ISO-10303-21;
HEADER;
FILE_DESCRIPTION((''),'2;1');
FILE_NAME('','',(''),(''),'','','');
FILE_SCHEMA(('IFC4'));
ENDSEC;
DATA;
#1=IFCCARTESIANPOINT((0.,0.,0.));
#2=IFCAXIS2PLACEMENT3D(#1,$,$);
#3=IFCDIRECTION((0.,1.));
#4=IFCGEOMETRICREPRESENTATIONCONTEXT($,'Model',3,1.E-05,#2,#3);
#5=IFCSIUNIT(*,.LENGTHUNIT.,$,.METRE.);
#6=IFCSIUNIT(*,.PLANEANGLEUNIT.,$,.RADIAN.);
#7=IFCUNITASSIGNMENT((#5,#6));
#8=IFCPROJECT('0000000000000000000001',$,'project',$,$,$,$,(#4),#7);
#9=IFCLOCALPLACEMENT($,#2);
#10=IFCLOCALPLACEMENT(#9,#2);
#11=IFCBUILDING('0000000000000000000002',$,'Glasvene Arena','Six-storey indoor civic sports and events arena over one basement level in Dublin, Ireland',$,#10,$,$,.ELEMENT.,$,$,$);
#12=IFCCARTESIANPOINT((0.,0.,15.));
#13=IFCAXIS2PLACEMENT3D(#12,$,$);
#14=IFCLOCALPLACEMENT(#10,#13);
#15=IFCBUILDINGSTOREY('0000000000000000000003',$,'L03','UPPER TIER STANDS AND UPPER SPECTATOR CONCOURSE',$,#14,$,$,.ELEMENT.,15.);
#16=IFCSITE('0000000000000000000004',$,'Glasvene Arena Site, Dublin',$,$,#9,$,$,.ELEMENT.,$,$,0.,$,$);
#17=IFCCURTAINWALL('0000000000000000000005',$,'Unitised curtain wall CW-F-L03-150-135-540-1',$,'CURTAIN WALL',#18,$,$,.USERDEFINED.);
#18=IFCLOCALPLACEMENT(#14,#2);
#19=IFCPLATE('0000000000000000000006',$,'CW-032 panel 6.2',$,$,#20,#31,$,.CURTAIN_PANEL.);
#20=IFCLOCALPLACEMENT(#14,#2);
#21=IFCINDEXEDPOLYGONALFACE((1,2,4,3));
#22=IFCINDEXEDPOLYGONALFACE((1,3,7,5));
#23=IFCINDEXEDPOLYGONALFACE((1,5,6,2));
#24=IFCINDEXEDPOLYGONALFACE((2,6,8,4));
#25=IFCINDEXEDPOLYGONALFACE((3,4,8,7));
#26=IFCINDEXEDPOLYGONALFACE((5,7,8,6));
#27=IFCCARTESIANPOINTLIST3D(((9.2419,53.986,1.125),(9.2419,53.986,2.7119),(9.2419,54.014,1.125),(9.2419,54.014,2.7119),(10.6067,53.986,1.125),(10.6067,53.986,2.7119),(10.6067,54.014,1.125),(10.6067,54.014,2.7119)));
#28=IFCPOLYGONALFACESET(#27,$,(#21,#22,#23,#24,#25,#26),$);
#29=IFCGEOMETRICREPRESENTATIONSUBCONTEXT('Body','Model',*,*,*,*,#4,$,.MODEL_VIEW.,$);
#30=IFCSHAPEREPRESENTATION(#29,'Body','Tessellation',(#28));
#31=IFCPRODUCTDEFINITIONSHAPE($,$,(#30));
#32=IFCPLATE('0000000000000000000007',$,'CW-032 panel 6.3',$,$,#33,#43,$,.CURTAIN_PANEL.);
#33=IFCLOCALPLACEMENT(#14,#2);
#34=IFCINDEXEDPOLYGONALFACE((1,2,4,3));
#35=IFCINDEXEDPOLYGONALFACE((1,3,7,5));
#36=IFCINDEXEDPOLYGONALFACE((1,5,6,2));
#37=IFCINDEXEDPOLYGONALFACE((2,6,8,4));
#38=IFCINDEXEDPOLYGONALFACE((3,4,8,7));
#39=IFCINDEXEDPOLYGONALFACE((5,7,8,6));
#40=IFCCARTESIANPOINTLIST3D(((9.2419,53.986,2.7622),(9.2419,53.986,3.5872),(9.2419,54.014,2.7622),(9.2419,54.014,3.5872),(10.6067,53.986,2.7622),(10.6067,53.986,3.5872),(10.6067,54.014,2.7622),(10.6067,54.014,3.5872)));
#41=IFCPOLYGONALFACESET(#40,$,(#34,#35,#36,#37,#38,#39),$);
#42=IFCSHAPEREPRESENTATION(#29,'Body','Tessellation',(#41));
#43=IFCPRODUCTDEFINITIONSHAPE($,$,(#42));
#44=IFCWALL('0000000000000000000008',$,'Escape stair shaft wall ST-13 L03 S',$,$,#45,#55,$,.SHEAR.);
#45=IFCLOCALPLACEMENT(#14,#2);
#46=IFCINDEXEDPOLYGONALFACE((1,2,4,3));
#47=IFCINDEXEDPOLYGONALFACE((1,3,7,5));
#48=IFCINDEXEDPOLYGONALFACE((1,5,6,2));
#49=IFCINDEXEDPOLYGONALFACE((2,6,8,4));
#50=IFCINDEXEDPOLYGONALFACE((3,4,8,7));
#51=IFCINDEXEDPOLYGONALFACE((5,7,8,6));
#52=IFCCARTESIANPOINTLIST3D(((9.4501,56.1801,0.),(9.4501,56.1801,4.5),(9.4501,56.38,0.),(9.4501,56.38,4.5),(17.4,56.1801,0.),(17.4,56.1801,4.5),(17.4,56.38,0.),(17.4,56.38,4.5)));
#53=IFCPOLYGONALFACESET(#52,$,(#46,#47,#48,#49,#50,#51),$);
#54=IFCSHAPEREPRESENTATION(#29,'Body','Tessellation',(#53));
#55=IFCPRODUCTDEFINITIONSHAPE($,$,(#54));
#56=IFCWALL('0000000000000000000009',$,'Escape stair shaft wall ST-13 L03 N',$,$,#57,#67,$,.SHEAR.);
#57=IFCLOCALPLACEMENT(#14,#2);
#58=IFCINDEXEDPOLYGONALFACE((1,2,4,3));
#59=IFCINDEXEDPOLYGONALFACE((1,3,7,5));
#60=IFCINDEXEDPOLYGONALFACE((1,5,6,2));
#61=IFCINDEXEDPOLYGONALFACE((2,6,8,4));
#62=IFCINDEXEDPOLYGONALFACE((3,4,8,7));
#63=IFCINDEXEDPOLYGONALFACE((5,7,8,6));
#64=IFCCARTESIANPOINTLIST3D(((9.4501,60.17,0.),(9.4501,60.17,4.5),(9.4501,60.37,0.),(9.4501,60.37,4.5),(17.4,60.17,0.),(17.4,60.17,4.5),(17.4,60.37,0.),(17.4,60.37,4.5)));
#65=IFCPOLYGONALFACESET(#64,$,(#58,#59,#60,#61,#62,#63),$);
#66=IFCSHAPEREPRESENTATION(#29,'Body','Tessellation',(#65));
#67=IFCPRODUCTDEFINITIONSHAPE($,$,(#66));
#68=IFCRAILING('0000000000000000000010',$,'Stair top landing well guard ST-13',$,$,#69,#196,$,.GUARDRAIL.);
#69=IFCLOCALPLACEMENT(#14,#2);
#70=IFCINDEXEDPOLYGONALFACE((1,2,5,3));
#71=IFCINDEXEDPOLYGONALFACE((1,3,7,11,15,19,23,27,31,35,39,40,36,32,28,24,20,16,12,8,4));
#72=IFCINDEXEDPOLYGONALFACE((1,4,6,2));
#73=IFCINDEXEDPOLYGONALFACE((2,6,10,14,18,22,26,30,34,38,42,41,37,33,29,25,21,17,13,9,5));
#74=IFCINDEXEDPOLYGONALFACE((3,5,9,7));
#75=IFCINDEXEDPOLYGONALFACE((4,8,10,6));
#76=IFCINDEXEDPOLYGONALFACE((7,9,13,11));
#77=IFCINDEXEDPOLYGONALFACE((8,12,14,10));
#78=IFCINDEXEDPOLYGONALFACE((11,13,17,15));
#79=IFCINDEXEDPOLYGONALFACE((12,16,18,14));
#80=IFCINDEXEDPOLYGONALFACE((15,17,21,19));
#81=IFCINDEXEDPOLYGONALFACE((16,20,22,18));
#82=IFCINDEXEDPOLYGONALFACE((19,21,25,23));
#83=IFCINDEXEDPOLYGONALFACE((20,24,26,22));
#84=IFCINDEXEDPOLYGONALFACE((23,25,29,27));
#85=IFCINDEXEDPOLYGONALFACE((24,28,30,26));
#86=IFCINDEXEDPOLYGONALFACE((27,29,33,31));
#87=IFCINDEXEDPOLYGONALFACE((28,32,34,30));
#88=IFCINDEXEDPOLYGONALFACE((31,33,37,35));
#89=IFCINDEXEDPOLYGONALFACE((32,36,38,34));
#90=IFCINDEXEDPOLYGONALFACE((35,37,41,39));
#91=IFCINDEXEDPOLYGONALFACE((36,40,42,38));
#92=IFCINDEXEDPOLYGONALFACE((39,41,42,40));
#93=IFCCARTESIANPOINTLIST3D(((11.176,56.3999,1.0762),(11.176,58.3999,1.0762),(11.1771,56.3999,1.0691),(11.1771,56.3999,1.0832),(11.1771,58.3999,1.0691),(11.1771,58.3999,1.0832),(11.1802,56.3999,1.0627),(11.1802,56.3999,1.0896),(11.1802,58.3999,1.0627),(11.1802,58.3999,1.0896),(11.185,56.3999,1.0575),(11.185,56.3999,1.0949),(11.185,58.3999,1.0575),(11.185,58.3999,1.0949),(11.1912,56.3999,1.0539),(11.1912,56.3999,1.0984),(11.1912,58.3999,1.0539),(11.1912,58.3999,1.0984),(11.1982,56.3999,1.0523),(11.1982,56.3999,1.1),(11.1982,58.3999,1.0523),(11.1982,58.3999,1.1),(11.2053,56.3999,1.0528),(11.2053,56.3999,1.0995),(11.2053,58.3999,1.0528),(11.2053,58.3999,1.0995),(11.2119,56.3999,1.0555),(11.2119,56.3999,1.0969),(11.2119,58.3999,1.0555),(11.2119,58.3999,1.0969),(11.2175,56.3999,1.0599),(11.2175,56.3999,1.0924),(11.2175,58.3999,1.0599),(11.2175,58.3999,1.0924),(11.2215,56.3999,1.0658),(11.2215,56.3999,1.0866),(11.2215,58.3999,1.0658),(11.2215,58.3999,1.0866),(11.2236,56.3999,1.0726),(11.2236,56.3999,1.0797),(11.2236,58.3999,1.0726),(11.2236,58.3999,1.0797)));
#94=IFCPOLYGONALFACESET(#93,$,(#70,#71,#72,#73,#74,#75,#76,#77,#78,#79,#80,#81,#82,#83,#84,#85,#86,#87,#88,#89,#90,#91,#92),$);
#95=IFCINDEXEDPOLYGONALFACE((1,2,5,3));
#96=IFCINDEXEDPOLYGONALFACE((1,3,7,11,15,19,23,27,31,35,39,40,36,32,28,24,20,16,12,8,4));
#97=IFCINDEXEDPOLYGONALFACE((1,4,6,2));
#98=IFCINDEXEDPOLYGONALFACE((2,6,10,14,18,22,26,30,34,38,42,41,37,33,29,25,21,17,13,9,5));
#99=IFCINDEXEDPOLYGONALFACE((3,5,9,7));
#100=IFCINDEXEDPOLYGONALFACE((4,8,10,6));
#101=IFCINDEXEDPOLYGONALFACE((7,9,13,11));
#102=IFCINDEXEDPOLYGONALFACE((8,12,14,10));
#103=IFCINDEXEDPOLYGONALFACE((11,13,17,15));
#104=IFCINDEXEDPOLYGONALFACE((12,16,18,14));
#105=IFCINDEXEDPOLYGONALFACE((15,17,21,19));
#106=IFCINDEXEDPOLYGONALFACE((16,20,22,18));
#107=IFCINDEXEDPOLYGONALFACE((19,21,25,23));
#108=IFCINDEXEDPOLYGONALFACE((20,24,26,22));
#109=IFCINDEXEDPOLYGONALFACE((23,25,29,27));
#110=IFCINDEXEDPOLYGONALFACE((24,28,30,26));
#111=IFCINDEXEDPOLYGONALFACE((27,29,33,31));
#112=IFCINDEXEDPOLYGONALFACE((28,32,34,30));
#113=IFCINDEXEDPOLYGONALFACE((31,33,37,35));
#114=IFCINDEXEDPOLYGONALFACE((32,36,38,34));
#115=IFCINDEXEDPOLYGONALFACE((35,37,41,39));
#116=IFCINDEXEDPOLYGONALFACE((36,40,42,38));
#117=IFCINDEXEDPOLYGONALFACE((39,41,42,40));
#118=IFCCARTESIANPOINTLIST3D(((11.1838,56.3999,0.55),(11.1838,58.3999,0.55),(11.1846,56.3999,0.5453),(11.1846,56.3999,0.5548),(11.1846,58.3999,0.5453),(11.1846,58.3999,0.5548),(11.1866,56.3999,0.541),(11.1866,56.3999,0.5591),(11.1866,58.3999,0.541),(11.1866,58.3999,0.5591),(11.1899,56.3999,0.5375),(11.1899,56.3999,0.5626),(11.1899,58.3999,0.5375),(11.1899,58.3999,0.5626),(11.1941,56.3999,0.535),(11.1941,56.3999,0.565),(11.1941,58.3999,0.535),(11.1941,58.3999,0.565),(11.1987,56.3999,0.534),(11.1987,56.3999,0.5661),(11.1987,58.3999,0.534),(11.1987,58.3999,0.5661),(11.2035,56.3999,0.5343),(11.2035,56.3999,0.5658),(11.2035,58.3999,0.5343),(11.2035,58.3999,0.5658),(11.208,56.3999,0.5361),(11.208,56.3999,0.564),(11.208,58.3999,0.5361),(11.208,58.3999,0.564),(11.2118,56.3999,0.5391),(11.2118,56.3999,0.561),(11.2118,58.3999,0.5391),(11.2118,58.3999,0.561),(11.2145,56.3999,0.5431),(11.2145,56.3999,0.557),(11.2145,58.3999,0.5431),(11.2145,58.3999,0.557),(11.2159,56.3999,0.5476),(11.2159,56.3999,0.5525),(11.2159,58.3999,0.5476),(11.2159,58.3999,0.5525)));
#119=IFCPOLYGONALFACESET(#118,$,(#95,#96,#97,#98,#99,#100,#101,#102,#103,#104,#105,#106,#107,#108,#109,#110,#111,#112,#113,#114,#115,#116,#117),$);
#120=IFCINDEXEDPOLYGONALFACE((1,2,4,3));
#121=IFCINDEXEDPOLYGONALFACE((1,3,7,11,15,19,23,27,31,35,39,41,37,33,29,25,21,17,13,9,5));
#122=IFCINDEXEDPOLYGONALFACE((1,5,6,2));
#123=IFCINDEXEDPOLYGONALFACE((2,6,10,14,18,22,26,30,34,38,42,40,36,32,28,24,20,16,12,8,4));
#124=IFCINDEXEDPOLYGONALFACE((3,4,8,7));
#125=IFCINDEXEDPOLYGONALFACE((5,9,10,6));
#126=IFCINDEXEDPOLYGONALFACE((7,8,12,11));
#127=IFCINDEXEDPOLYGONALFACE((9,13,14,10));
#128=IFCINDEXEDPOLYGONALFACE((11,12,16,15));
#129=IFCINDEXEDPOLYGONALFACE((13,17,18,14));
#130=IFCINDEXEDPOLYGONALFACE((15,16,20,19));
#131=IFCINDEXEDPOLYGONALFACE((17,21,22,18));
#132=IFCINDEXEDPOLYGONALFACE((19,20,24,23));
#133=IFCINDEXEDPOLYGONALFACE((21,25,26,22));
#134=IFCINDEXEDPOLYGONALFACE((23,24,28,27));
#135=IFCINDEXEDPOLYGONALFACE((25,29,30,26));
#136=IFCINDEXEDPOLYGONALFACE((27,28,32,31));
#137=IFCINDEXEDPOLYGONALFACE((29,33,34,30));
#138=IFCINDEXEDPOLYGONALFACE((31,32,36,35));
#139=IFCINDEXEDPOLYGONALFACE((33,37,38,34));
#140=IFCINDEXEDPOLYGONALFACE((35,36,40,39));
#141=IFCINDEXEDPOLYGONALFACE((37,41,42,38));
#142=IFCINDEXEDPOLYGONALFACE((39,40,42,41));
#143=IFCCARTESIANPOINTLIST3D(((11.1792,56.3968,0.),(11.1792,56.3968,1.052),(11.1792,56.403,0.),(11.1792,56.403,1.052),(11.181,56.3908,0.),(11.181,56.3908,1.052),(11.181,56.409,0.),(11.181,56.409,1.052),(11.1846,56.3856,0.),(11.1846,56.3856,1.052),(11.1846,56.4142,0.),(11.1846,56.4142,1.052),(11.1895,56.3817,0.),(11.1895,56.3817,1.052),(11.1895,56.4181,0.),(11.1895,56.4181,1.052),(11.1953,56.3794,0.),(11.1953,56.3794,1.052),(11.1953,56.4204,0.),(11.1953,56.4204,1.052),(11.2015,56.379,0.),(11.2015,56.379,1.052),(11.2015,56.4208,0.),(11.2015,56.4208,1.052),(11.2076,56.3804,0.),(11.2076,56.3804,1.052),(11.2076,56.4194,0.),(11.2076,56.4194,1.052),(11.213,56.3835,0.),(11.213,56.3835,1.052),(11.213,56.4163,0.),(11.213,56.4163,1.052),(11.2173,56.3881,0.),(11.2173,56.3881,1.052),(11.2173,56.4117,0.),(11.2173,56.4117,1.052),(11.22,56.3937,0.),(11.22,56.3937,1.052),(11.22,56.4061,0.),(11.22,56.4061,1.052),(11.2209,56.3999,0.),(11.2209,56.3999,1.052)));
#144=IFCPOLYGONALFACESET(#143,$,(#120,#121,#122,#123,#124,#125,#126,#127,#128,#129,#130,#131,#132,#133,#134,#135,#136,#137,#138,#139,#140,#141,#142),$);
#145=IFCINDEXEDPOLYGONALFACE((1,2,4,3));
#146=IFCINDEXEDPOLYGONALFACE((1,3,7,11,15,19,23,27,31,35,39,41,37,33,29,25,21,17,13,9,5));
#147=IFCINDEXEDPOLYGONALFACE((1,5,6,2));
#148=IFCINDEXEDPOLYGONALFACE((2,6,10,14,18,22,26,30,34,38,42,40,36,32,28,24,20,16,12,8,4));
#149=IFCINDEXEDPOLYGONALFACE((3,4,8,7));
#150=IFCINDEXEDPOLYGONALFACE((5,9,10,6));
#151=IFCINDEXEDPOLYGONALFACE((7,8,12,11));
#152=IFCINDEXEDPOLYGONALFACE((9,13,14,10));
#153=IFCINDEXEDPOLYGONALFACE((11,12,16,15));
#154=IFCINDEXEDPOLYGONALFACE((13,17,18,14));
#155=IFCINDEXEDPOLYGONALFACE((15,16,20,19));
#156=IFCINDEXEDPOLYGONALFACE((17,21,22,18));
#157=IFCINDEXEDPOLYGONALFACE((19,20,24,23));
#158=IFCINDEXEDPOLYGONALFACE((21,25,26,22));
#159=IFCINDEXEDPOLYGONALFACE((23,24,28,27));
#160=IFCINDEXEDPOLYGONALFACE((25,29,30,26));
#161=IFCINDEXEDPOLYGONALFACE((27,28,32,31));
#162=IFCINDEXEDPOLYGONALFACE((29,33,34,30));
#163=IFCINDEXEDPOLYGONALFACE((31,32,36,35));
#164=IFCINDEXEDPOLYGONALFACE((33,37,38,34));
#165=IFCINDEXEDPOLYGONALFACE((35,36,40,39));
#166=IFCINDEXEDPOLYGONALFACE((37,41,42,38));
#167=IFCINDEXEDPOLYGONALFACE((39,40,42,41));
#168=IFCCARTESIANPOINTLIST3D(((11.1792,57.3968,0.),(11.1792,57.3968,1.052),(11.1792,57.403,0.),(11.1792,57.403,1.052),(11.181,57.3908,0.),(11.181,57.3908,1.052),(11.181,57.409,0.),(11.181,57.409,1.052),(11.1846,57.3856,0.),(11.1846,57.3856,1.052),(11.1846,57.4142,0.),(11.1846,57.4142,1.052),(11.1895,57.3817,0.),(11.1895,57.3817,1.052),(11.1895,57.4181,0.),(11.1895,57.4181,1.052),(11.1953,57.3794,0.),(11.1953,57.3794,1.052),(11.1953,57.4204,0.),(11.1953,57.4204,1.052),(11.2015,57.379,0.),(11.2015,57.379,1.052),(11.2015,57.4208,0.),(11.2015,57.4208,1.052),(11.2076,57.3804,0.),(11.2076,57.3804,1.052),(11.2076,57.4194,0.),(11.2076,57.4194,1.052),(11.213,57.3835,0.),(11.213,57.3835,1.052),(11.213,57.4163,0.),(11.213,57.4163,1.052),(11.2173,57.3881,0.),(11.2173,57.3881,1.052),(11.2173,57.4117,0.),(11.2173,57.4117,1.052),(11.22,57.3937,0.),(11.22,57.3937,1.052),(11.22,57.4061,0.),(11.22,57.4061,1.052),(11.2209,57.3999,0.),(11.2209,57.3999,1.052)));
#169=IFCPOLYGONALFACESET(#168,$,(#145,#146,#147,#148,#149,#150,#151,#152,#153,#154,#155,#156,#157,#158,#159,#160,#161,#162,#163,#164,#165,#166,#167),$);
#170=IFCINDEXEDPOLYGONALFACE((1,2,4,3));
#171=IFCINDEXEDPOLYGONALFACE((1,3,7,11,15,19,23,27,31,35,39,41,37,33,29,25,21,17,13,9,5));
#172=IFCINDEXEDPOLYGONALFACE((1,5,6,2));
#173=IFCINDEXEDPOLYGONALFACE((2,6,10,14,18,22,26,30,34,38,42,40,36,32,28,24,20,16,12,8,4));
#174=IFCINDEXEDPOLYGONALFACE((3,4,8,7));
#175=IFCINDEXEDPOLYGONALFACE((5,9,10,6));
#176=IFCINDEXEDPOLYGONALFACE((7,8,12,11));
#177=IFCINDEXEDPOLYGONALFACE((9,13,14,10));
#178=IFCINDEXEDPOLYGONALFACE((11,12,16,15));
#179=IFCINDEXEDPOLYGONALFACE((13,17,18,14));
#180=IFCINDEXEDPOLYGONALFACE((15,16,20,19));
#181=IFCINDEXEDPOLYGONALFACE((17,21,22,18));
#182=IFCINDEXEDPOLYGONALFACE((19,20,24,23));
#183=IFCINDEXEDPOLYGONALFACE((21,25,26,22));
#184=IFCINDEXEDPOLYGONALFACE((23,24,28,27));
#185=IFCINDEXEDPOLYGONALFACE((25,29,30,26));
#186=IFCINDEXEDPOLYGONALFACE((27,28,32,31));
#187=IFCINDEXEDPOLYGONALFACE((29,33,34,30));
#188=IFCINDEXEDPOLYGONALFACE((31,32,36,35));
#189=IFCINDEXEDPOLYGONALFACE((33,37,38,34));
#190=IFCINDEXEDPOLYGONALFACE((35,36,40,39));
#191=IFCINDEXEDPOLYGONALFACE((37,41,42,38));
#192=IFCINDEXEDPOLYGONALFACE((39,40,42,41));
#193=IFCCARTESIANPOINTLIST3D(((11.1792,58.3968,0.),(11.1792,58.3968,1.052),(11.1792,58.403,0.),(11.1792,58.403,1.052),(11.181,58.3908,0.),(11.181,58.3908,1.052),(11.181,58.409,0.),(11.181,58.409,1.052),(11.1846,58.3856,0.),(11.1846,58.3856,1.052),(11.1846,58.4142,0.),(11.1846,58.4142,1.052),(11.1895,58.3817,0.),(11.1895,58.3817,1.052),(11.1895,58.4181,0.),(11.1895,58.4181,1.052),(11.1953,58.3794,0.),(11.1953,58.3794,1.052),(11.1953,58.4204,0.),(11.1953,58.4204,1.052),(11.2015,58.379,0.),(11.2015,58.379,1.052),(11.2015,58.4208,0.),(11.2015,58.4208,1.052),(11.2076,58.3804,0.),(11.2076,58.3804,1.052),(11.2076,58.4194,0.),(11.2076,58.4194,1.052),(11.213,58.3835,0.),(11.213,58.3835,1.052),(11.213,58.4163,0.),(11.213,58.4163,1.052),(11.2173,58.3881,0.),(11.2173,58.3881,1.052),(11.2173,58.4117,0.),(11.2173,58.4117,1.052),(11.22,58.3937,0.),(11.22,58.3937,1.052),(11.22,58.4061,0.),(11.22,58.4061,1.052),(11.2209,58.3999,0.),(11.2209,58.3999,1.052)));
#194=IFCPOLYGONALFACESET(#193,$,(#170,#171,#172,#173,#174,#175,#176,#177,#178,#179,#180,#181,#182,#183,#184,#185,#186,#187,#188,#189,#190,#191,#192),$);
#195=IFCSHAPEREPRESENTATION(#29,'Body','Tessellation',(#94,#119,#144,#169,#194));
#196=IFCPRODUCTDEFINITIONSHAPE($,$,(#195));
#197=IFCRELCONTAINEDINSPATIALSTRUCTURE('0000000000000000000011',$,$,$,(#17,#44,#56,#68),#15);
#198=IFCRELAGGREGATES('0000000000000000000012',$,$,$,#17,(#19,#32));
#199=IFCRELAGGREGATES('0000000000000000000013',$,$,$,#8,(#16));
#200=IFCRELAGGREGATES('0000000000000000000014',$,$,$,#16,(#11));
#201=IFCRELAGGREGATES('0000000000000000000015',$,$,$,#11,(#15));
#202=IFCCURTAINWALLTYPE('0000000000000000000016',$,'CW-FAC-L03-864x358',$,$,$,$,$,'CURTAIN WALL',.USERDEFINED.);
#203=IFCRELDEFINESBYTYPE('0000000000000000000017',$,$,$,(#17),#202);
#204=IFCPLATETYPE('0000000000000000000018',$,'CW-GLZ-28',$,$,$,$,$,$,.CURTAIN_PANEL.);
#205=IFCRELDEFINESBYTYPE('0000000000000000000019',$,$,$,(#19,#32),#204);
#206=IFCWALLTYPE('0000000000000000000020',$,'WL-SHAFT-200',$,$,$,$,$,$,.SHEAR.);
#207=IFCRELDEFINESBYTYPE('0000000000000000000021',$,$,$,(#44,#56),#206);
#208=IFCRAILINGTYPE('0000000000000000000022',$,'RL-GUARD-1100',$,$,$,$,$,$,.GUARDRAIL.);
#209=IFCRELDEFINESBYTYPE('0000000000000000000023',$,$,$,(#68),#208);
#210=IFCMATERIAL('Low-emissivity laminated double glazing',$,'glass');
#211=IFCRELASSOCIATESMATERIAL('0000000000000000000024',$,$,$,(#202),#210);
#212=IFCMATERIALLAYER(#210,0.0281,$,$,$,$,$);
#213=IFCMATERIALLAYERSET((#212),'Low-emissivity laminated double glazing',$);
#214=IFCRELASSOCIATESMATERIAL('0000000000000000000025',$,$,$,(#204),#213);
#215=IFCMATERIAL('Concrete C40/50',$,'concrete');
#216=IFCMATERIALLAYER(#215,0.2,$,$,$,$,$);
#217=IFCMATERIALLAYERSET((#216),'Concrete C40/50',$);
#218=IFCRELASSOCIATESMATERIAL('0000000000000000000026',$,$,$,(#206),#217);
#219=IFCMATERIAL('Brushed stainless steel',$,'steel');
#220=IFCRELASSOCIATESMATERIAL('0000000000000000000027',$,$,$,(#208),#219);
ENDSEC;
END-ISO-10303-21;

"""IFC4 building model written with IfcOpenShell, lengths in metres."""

from ifc_helpers import new_model, si_unit, direction, frame, frame_2d, origin, origin_2d, place, context, subcontext, project, spatial, rectangle, circle, extrude, material, layer, layer_set, type_object, element, aggregate, save


model = new_model("IFC4")

# Units and contexts
model_context = context("Model", 3, precision=1e-05, world=origin(), true_north=direction((0.0, 1.0)))
body_context = subcontext(model_context, "Body", "Model", "MODEL_VIEW")
ifc_project = project(units=[si_unit("LENGTHUNIT", "METRE"), si_unit("PLANEANGLEUNIT", "RADIAN")], contexts=[model_context])

# Site, building, storey
site_placement = place(None, origin())
site = spatial("IfcSite", under=ifc_project, at=site_placement, Name="Glasvene Arena Site, Dublin", CompositionType="ELEMENT", RefElevation=0.0)
building_placement = place(site_placement, origin())
building = spatial("IfcBuilding", under=site, at=building_placement, Name="Glasvene Arena", Description="Six-storey indoor civic sports and events arena over one basement level in Dublin, Ireland", CompositionType="ELEMENT")
storey_placement = place(building_placement, frame((0.0, 0.0, 15.0)))
storey = spatial("IfcBuildingStorey", under=building, at=storey_placement, Name="L03", Description="UPPER TIER STANDS AND UPPER SPECTATOR CONCOURSE", CompositionType="ELEMENT", Elevation=15.0)

# Curtain wall, plates
ifc_material_1 = material(Name="Low-emissivity laminated double glazing", Category="glass")
curtain_wall_type = type_object("IfcCurtainWallType", Name="CW-FAC-L03-864x358", ElementType="CURTAIN WALL", PredefinedType="USERDEFINED", material=ifc_material_1)
curtain_wall_placement = place(storey_placement, frame((17.8298, 54.0, 0.0)))
curtain_wall = element("IfcCurtainWall", 1, at=curtain_wall_placement, inside=storey, type_object=curtain_wall_type, Name="Unitised curtain wall CW-F-L03-150-135-540-1", ObjectType="CURTAIN WALL", PredefinedType="USERDEFINED")
ifc_layer_1 = layer(ifc_material_1, 0.0281)
ifc_layer_set_1 = layer_set([ifc_layer_1], Name="Low-emissivity laminated double glazing")
plate_type = type_object("IfcPlateType", Name="CW-GLZ-28", PredefinedType="CURTAIN_PANEL", material=ifc_layer_set_1)
plate_1_placement = place(storey_placement, frame((9.9243, 54.0, 1.125), z_axis=(0.0, 0.0, 1.0), x_axis=(-1.0, 0.0, 0.0)))
plate_1 = element("IfcPlate", 2, at=plate_1_placement, type_object=plate_type, Name="CW-032 panel 6.2", PredefinedType="CURTAIN_PANEL", context=body_context, shape_type="SweptSolid", body=[
    extrude(rectangle(XDim=1.3647, YDim=0.0281, at=origin_2d()), origin(), (0.0, 0.0, 1.0), 1.5869),
])
plate_2_placement = place(storey_placement, frame((9.9243, 54.0, 2.7622), z_axis=(0.0, 0.0, 1.0), x_axis=(-1.0, 0.0, 0.0)))
plate_2 = element("IfcPlate", 3, at=plate_2_placement, type_object=plate_type, Name="CW-032 panel 6.3", PredefinedType="CURTAIN_PANEL", context=body_context, shape_type="SweptSolid", body=[
    extrude(rectangle(XDim=1.3647, YDim=0.0281, at=origin_2d()), origin(), (0.0, 0.0, 1.0), 0.825),
])
aggregate(curtain_wall, [plate_1, plate_2])

# Wall
ifc_material_2 = material(Name="Concrete C40/50", Category="concrete")
ifc_layer_2 = layer(ifc_material_2, 0.2)
ifc_layer_set_2 = layer_set([ifc_layer_2], Name="Concrete C40/50")
wall_type = type_object("IfcWallType", Name="WL-SHAFT-200", PredefinedType="SHEAR", material=ifc_layer_set_2)
wall_1_placement = place(storey_placement, frame((9.45, 56.28, 0.0), z_axis=(0.0, 0.0, 1.0), x_axis=(1.0, 0.0, 0.0)))
element("IfcWall", 4, at=wall_1_placement, inside=storey, type_object=wall_type, Name="Escape stair shaft wall ST-13 L03 S", PredefinedType="SHEAR", context=body_context, shape_type="SweptSolid", body=[
    extrude(rectangle(XDim=7.95, YDim=0.2, at=frame_2d((3.9751, 0.0))), origin(), (0.0, 0.0, 1.0), 4.5),
])

# Wall
wall_2_placement = place(storey_placement, frame((9.45, 60.27, 0.0), z_axis=(0.0, 0.0, 1.0), x_axis=(1.0, 0.0, 0.0)))
element("IfcWall", 5, at=wall_2_placement, inside=storey, type_object=wall_type, Name="Escape stair shaft wall ST-13 L03 N", PredefinedType="SHEAR", context=body_context, shape_type="SweptSolid", body=[
    extrude(rectangle(XDim=7.95, YDim=0.2, at=frame_2d((3.9751, 0.0))), origin(), (0.0, 0.0, 1.0), 4.5),
])

# Railing
ifc_material_3 = material(Name="Brushed stainless steel", Category="steel")
railing_type = type_object("IfcRailingType", Name="RL-GUARD-1100", PredefinedType="GUARDRAIL", material=ifc_material_3)
railing_placement = place(storey_placement, frame((11.2, 56.3999, 0.0)))
element("IfcRailing", 6, at=railing_placement, inside=storey, type_object=railing_type, Name="Stair top landing well guard ST-13", PredefinedType="GUARDRAIL", context=body_context, shape_type="SweptSolid", body=[
    extrude(circle(Radius=0.0239, at=origin_2d()), frame((0.0, 0.0, 1.0762), z_axis=(0.0, 1.0, 0.0), x_axis=(-1.0, 0.0, 0.0)), (0.0, 0.0, 1.0), 2.0),
    extrude(circle(Radius=0.0161, at=origin_2d()), frame((0.0, 0.0, 0.55), z_axis=(0.0, 1.0, 0.0), x_axis=(-1.0, 0.0, 0.0)), (0.0, 0.0, 1.0), 2.0),
    extrude(circle(Radius=0.021, at=origin_2d()), origin(), (0.0, 0.0, 1.0), 1.052),
    extrude(circle(Radius=0.021, at=origin_2d()), frame((0.0, 1.0, 0.0)), (0.0, 0.0, 1.0), 1.052),
    extrude(circle(Radius=0.021, at=origin_2d()), frame((0.0, 2.0, 0.0)), (0.0, 0.0, 1.0), 1.052),
])

save(model, "model.ifc")
